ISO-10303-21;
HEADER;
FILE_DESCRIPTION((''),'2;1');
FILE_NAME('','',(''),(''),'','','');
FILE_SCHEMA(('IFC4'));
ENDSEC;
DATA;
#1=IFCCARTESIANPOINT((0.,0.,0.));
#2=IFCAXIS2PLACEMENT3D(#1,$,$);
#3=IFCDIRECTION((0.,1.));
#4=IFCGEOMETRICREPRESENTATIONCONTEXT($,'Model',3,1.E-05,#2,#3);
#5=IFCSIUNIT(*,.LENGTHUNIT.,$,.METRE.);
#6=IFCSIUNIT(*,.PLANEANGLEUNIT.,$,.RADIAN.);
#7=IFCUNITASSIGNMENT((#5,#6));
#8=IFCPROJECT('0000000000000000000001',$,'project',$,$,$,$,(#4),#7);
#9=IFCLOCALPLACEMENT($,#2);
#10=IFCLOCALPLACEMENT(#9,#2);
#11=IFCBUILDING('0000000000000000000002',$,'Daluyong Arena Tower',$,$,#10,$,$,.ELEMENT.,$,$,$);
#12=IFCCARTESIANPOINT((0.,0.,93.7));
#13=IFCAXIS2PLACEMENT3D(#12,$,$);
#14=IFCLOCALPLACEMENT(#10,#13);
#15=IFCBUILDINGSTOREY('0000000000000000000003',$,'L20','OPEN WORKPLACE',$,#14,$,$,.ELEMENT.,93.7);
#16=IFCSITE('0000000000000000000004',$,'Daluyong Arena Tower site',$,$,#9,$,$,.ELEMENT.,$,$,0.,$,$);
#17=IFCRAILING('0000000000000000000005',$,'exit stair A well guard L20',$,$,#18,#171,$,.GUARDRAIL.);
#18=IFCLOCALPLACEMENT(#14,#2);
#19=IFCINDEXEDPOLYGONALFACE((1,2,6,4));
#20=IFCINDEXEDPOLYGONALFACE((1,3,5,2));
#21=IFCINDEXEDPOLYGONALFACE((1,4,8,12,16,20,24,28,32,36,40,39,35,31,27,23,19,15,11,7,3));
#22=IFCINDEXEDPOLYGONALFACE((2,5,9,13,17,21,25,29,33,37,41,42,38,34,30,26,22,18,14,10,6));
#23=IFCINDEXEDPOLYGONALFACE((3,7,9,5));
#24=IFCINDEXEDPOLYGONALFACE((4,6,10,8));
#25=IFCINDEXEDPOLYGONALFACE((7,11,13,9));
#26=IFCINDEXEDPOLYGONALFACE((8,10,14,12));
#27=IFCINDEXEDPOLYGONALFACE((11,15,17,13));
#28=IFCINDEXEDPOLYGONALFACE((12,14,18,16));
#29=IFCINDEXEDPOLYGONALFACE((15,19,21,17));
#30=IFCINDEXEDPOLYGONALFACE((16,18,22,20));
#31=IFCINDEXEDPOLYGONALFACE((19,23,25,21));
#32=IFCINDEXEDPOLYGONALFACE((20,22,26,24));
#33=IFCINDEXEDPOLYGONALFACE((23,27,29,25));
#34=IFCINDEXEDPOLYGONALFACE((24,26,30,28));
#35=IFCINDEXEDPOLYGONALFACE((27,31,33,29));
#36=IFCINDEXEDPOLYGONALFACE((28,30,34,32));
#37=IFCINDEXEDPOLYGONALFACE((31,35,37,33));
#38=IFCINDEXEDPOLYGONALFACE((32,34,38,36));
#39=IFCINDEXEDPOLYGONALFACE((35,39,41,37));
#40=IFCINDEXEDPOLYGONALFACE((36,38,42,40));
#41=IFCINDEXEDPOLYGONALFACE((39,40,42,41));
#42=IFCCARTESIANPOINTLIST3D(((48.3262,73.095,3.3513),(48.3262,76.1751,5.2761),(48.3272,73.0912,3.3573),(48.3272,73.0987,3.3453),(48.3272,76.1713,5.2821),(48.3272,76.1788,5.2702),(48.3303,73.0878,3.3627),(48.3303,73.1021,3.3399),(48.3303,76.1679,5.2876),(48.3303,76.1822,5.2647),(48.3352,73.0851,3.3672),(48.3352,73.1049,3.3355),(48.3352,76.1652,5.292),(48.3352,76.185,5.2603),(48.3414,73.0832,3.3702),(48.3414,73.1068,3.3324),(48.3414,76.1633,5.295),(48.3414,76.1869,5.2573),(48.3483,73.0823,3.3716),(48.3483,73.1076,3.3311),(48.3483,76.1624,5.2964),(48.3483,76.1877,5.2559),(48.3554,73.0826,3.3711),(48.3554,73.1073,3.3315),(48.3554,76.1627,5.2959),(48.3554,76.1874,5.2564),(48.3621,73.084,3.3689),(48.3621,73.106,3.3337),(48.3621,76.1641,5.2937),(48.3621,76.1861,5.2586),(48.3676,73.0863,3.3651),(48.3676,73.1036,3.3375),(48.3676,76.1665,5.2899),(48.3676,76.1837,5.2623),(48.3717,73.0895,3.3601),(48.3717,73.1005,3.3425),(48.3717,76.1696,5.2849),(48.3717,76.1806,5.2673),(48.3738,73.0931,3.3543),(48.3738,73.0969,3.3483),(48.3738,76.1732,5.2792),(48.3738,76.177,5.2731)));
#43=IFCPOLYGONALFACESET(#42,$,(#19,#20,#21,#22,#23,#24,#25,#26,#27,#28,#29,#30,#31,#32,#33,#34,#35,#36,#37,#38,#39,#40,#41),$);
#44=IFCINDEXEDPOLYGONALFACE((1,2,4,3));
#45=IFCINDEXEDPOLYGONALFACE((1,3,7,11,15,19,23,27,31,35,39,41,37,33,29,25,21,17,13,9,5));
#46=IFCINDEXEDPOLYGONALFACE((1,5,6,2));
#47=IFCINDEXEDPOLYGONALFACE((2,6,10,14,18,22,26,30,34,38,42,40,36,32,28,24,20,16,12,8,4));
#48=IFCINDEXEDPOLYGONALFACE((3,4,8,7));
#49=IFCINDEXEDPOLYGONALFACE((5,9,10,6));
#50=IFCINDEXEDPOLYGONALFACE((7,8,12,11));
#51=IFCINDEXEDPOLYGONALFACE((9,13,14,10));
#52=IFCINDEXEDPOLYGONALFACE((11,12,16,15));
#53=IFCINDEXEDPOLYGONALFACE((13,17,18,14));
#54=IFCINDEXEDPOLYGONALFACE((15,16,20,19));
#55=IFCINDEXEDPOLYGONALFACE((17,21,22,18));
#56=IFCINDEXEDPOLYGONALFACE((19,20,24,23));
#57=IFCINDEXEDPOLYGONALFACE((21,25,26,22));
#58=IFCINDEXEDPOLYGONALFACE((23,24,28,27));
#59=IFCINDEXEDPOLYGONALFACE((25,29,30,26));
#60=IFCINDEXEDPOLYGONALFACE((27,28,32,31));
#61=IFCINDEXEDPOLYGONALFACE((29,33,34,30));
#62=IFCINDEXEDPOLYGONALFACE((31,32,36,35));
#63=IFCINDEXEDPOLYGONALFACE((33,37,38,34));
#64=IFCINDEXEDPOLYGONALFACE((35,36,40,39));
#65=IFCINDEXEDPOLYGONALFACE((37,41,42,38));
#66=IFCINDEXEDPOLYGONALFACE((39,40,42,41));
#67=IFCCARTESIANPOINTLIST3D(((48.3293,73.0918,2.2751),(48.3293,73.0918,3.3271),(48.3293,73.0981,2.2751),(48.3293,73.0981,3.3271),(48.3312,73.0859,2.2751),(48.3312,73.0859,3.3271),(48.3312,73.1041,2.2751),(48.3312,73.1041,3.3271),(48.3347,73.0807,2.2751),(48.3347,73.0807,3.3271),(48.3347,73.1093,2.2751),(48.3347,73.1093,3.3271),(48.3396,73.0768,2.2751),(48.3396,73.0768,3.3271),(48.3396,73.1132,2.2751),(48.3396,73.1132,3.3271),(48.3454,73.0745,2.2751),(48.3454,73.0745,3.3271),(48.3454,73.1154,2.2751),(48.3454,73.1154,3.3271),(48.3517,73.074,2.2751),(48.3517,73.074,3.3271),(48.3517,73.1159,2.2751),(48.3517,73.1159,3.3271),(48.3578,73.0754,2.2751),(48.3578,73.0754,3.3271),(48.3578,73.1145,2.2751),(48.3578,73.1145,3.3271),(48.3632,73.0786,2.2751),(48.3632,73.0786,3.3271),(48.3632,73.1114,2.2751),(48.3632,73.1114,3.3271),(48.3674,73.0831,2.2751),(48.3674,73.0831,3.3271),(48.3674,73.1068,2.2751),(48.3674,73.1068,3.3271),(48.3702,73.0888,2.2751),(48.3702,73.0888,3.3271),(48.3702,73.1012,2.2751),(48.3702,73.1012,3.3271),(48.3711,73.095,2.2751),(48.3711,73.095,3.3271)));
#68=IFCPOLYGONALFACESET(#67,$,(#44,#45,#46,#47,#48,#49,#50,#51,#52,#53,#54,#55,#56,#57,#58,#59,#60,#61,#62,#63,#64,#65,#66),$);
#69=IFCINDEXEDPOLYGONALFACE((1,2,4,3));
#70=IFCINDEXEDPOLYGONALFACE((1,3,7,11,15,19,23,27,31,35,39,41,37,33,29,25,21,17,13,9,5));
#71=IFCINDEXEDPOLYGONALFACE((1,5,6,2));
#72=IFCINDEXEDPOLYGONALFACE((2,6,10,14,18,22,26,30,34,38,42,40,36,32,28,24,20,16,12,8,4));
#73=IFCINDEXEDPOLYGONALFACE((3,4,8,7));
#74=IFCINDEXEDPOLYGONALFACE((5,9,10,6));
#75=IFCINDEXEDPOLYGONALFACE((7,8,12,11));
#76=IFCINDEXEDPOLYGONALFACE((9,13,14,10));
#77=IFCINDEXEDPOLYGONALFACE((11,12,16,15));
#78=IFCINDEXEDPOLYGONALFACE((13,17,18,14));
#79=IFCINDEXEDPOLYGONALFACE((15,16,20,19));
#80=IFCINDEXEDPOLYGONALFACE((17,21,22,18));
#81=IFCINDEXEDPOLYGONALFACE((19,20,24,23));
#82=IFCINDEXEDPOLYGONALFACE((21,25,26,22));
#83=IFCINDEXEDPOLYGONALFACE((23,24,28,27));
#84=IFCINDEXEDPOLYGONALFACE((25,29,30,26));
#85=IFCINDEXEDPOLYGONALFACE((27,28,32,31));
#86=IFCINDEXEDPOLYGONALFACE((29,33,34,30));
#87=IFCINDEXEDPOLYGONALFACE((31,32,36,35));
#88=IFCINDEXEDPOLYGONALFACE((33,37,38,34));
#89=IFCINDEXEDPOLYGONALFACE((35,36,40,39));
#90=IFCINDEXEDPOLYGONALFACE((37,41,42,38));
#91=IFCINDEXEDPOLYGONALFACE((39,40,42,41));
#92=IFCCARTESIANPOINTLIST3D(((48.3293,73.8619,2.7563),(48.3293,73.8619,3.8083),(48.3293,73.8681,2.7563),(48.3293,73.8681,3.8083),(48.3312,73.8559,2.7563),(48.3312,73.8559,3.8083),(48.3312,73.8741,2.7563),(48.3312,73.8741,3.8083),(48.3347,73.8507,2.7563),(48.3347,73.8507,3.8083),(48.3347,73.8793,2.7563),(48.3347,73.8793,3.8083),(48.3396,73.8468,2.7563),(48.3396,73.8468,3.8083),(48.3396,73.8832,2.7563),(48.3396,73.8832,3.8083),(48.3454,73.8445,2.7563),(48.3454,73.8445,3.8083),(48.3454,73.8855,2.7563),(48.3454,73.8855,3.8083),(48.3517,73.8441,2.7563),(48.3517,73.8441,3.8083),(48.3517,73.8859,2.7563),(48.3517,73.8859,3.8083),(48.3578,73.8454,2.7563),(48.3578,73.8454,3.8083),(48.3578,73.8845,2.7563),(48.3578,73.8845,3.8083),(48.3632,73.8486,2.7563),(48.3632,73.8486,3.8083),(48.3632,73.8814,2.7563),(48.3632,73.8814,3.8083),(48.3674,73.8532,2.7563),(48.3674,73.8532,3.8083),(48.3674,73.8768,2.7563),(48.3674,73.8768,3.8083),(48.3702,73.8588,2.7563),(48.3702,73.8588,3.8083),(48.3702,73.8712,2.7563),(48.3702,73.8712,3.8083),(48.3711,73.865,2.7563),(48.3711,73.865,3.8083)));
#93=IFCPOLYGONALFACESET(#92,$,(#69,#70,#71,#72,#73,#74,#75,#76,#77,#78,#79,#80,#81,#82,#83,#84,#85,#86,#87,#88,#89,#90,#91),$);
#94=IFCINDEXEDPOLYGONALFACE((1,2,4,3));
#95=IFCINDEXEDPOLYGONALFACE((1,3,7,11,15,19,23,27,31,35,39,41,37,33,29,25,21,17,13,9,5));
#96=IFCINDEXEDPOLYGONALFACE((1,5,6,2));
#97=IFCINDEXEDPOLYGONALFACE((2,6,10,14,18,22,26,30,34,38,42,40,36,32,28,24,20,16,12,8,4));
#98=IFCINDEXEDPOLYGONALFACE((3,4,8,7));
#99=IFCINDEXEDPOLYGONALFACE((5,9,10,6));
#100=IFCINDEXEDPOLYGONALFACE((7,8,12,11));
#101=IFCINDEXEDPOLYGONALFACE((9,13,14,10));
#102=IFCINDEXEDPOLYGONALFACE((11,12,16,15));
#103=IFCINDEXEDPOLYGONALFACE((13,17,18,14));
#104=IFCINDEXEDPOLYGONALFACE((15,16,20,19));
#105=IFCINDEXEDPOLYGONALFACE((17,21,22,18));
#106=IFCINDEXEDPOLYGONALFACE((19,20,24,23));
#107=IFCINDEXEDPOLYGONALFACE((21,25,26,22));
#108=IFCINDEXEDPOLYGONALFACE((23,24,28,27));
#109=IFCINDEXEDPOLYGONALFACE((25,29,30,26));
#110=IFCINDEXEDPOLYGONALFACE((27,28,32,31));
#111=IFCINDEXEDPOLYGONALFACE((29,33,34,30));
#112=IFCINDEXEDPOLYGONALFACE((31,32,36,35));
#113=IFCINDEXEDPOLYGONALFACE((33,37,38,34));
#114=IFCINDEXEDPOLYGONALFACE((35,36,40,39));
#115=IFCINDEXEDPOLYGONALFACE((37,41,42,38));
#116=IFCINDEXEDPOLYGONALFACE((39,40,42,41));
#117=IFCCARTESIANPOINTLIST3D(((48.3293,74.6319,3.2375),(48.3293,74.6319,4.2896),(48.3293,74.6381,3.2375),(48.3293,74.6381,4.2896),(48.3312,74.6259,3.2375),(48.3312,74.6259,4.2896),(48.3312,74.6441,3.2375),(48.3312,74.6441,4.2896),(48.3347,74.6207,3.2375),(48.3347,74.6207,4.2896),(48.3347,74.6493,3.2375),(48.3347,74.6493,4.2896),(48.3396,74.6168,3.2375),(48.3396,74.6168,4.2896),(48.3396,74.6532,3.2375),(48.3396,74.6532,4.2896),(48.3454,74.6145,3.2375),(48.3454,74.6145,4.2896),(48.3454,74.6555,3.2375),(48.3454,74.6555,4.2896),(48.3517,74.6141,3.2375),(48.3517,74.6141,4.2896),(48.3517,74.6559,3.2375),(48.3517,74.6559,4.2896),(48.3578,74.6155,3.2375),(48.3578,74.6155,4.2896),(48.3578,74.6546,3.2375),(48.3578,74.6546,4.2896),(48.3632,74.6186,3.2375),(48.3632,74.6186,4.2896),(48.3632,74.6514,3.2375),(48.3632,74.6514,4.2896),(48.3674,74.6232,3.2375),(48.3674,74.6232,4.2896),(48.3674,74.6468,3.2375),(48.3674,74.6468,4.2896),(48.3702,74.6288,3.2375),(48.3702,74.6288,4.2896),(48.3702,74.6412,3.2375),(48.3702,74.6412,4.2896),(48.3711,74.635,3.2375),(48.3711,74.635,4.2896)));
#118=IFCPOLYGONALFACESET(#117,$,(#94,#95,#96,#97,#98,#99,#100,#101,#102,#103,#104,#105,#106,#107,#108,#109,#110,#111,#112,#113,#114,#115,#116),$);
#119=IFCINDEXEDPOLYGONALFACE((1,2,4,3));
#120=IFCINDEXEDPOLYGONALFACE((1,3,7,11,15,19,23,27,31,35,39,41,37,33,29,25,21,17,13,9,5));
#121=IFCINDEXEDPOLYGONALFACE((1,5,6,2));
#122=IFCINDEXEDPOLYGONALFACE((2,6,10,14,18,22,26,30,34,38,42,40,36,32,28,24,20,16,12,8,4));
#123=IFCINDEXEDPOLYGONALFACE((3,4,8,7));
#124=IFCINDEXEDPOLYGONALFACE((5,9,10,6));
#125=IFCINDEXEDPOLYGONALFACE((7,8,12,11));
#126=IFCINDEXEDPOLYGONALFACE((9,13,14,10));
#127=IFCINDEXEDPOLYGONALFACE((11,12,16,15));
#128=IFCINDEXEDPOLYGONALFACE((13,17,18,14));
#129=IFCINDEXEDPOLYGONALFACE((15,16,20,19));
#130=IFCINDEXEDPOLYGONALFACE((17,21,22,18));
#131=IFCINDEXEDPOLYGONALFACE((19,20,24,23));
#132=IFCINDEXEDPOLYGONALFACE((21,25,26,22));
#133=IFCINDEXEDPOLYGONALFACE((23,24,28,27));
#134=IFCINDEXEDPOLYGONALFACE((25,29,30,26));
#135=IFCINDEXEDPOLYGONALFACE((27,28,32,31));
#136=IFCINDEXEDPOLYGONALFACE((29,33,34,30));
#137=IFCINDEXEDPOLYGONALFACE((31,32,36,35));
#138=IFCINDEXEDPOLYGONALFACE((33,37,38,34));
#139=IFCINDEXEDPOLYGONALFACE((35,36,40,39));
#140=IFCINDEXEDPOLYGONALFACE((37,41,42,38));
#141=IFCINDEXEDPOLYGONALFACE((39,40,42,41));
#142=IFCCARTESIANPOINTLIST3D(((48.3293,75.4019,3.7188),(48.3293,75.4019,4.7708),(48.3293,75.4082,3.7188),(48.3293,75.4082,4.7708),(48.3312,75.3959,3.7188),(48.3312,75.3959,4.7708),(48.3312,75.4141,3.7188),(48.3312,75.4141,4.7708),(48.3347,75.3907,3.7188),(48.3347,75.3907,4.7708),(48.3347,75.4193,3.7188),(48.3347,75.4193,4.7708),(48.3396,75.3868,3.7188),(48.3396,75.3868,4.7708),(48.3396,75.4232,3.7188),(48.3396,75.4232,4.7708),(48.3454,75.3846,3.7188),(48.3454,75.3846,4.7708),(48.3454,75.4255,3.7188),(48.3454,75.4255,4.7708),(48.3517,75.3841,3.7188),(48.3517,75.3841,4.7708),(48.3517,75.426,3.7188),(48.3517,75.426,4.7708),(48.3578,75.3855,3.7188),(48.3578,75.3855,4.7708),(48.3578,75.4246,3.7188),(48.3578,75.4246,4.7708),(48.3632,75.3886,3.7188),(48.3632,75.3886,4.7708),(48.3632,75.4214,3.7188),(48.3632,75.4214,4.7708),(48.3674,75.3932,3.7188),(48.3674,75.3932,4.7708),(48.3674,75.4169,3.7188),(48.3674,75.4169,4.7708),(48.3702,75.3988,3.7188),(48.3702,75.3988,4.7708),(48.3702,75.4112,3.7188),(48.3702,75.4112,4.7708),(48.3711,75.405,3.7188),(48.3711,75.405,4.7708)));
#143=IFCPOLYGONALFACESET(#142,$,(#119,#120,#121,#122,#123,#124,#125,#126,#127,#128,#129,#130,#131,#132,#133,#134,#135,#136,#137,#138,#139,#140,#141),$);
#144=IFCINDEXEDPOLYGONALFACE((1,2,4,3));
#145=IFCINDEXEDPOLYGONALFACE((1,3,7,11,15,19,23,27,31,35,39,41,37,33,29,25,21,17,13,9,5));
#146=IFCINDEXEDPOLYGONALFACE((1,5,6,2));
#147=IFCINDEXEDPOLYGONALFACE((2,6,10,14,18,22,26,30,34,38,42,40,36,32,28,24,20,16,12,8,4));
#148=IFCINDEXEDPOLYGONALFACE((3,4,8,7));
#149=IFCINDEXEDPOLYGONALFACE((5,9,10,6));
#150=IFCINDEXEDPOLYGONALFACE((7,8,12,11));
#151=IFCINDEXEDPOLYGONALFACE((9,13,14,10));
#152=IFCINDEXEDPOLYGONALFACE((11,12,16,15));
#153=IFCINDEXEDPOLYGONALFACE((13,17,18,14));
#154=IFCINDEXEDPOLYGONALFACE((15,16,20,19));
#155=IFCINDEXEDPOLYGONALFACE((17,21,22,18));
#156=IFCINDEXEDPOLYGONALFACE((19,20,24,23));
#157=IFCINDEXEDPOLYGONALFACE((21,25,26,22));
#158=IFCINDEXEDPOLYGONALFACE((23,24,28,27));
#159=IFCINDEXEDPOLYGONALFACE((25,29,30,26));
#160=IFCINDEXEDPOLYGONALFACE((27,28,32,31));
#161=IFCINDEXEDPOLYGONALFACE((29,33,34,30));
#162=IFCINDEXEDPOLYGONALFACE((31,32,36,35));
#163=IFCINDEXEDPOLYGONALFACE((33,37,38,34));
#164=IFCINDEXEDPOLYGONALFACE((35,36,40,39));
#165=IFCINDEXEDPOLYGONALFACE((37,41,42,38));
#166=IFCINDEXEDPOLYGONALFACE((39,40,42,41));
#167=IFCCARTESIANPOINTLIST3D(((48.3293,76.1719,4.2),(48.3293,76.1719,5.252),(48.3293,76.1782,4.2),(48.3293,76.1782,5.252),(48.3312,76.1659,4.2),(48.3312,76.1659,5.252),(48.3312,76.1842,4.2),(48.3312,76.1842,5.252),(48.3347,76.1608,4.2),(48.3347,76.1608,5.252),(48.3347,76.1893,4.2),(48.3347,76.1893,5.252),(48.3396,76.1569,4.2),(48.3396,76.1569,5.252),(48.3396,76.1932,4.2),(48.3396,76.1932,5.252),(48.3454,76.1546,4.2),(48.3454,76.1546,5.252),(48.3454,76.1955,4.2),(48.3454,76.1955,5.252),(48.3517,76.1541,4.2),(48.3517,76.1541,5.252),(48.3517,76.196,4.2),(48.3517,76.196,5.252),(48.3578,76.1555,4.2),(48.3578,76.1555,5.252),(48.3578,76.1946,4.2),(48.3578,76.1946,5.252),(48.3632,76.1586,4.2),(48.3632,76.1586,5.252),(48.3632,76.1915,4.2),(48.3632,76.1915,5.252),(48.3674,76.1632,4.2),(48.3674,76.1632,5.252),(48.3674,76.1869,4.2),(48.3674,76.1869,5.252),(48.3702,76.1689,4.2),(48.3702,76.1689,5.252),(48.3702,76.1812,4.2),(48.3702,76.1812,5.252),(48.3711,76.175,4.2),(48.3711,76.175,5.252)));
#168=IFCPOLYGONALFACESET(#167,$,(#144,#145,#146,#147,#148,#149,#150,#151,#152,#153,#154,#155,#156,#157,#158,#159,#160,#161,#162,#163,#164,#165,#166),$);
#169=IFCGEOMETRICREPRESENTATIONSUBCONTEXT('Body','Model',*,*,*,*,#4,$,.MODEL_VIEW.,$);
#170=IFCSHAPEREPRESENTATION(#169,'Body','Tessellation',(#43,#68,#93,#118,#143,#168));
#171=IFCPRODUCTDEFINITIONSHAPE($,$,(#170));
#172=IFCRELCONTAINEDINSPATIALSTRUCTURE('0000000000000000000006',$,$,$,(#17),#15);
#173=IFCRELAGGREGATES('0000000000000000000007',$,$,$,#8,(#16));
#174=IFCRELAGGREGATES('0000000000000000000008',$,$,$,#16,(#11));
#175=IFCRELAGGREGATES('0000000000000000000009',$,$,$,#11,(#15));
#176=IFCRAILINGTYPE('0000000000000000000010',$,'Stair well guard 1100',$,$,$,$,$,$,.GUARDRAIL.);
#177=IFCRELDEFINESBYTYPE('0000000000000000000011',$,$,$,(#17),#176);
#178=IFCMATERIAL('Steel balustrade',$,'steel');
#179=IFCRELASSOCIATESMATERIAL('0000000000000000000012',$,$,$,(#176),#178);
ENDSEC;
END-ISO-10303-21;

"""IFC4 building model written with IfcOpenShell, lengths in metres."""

from ifc_helpers import new_model, si_unit, direction, frame, origin, origin_2d, place, context, subcontext, project, spatial, circle, extrude, material, type_object, element, save


model = new_model("IFC4")

# Units and contexts
model_context = context("Model", 3, precision=1e-05, world=origin(), true_north=direction((0.0, 1.0)))
body_context = subcontext(model_context, "Body", "Model", "MODEL_VIEW")
ifc_project = project(units=[si_unit("LENGTHUNIT", "METRE"), si_unit("PLANEANGLEUNIT", "RADIAN")], contexts=[model_context])

# Site, building, storey
site_placement = place(None, origin())
site = spatial("IfcSite", under=ifc_project, at=site_placement, Name="Daluyong Arena Tower site", CompositionType="ELEMENT", RefElevation=0.0)
building_placement = place(site_placement, origin())
building = spatial("IfcBuilding", under=site, at=building_placement, Name="Daluyong Arena Tower", CompositionType="ELEMENT")
storey_placement = place(building_placement, frame((0.0, 0.0, 93.7)))
storey = spatial("IfcBuildingStorey", under=building, at=storey_placement, Name="L20", Description="OPEN WORKPLACE", CompositionType="ELEMENT", Elevation=93.7)

# Railing
ifc_material_1 = material(Name="Steel balustrade", Category="steel")
railing_type_1 = type_object("IfcRailingType", Name="Stair well guard 1100", PredefinedType="GUARDRAIL", material=ifc_material_1)
railing_1_placement = place(storey_placement, frame((48.3501, 73.095, 2.2751)))
element("IfcRailing", 1, at=railing_1_placement, inside=storey, type_object=railing_type_1, Name="exit stair A well guard L20", PredefinedType="GUARDRAIL", context=body_context, shape_type="SweptSolid", body=[
    extrude(circle(Radius=0.0239, at=origin_2d()), frame((0.0, 0.0, 1.0762), z_axis=(0.0, 0.848029, 0.529951), x_axis=(-1.0, 0.0, 0.0)), (0.0, 0.0, 1.0), 3.6321),
    extrude(circle(Radius=0.021, at=origin_2d()), origin(), (0.0, 0.0, 1.0), 1.052),
    extrude(circle(Radius=0.021, at=origin_2d()), frame((0.0, 0.77, 0.4812)), (0.0, 0.0, 1.0), 1.052),
    extrude(circle(Radius=0.021, at=origin_2d()), frame((0.0, 1.54, 0.9624)), (0.0, 0.0, 1.0), 1.052),
    extrude(circle(Radius=0.021, at=origin_2d()), frame((0.0, 2.3101, 1.4436)), (0.0, 0.0, 1.0), 1.052),
    extrude(circle(Radius=0.021, at=origin_2d()), frame((0.0, 3.0801, 1.9248)), (0.0, 0.0, 1.0), 1.052),
])

save(model, "model.ifc")
